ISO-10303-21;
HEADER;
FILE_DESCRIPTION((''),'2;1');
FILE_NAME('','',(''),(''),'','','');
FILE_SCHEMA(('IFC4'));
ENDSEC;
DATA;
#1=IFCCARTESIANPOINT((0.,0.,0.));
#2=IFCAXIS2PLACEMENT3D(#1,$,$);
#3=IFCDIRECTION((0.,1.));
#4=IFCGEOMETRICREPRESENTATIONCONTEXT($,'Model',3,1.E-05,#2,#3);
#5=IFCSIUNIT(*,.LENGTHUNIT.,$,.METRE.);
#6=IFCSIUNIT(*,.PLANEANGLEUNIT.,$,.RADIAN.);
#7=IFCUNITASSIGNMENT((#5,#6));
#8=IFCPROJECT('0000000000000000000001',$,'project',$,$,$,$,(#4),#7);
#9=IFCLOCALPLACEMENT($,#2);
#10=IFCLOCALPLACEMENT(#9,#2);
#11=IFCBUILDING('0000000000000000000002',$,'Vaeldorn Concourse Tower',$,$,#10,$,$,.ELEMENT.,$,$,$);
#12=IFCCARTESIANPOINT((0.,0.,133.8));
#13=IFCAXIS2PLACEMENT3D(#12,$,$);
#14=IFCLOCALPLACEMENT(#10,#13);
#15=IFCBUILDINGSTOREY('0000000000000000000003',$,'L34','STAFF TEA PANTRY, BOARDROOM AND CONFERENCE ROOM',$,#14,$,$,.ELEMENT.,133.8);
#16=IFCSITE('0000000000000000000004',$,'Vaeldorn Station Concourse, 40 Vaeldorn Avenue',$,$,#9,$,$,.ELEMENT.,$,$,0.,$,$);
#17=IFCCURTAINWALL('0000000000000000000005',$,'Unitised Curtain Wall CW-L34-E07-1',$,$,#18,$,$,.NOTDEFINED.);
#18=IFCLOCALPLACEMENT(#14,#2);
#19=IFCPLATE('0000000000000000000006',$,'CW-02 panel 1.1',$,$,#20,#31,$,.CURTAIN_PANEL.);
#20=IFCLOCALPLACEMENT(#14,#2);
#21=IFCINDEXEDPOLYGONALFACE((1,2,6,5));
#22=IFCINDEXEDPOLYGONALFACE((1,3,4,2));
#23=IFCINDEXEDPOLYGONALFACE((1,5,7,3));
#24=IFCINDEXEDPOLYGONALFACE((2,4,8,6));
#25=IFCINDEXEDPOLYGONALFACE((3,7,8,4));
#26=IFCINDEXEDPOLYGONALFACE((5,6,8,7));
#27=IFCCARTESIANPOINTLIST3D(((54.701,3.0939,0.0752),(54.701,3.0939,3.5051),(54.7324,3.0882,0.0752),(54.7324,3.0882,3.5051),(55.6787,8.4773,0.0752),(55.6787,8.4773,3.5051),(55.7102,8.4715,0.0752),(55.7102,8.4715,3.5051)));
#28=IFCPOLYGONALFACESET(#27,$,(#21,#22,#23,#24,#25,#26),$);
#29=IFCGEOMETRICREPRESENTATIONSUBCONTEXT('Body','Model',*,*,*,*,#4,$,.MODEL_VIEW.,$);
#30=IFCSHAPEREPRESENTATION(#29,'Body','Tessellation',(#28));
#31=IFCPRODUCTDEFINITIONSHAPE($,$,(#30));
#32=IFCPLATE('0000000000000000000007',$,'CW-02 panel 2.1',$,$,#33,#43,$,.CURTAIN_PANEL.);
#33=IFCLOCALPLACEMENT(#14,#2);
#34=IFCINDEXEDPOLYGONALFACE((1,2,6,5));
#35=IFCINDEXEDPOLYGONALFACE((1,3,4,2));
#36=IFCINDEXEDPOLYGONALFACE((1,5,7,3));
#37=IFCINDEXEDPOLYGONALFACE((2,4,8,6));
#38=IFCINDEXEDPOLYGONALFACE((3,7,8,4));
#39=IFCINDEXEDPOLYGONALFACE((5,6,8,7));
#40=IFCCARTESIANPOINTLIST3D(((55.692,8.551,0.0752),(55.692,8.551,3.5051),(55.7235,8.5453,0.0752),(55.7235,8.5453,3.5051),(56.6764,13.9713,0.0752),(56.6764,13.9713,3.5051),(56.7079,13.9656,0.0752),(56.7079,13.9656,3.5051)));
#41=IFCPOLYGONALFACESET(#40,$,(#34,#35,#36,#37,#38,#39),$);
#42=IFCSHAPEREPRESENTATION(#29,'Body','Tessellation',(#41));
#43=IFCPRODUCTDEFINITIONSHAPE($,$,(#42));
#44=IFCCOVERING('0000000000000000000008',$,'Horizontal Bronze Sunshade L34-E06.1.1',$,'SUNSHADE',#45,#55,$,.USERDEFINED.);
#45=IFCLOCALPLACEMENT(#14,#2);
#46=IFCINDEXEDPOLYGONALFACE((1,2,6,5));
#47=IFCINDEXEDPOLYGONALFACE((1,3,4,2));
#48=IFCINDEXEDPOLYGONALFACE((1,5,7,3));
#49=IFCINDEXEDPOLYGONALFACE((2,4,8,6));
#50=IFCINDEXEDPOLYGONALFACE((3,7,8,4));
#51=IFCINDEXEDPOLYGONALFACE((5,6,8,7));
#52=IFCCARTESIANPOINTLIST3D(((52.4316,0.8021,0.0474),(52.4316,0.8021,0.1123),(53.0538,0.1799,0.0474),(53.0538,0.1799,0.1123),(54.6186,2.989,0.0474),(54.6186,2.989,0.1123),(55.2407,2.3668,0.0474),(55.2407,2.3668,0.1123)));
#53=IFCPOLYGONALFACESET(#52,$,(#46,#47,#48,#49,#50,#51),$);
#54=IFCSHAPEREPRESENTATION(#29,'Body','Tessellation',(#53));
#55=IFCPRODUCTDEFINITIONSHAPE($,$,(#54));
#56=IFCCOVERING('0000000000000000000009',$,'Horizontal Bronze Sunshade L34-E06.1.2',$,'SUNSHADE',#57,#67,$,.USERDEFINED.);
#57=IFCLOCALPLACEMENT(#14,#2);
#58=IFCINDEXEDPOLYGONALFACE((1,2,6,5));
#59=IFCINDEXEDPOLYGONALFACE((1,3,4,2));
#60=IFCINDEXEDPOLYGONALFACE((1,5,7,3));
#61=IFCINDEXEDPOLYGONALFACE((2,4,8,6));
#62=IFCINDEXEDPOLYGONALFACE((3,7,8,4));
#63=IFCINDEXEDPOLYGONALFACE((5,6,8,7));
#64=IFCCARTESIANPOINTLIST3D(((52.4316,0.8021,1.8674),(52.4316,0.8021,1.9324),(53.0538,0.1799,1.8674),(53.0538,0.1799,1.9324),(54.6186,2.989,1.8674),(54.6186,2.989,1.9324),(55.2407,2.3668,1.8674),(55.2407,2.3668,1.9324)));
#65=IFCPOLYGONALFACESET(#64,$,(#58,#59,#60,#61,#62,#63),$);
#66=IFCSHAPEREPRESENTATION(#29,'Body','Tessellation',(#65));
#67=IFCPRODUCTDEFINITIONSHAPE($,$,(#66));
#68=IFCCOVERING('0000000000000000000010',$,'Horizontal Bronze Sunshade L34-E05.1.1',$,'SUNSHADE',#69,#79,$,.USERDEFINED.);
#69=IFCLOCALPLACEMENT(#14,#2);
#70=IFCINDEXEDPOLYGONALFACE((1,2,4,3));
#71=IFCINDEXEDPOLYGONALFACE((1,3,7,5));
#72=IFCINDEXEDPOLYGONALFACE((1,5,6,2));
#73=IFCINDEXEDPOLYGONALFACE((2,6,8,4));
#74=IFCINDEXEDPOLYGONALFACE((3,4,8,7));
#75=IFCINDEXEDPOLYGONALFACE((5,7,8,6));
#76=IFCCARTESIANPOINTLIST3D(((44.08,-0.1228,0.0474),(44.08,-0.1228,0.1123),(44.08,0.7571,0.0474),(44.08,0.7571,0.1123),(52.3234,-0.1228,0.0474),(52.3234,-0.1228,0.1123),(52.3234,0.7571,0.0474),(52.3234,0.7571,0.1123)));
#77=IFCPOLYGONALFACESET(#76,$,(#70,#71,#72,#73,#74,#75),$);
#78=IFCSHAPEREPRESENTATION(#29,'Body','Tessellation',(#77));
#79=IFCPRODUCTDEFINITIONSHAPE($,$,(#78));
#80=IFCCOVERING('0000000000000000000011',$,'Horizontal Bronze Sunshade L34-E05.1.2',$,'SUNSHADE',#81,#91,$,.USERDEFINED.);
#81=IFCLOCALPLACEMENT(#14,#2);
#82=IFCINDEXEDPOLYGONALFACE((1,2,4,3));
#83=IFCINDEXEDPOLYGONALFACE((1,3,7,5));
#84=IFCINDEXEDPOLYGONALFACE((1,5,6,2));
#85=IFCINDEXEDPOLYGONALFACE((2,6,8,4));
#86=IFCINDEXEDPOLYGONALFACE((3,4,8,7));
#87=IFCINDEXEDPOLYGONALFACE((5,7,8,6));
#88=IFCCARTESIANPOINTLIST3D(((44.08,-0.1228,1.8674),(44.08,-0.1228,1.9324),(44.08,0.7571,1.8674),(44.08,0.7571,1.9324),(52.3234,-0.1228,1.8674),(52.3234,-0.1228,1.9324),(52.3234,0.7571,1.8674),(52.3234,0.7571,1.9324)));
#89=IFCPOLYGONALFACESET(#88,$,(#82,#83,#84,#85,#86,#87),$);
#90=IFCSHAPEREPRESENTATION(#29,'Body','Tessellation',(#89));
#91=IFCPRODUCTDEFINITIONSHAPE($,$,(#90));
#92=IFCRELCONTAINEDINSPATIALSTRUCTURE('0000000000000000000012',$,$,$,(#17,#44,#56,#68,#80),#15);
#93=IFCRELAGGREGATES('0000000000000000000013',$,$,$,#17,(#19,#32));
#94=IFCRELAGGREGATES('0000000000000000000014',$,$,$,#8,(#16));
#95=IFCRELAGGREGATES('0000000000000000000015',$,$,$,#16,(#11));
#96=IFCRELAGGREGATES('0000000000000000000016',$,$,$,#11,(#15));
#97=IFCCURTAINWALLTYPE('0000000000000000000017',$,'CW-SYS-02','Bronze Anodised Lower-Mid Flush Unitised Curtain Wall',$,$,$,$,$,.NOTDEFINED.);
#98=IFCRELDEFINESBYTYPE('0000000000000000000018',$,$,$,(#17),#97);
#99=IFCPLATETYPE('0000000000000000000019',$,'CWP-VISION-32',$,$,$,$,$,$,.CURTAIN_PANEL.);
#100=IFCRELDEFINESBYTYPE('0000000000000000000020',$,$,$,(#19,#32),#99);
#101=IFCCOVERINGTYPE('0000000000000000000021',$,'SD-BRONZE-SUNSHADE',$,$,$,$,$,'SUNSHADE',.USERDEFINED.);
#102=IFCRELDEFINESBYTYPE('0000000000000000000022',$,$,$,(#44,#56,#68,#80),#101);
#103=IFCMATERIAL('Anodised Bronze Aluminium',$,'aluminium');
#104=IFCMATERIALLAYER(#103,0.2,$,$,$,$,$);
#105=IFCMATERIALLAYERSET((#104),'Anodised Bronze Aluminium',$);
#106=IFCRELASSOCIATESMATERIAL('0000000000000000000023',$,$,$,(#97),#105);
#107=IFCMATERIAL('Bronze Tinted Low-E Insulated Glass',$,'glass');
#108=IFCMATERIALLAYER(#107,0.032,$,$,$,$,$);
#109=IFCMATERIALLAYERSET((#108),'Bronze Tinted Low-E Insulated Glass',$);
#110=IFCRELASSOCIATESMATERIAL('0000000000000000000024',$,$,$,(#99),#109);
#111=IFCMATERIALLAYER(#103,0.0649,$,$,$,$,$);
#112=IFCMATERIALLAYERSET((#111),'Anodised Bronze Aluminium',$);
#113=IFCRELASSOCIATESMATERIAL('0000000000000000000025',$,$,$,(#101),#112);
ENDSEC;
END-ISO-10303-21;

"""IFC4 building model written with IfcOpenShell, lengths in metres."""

from ifc_helpers import new_model, si_unit, direction, frame, origin, origin_2d, place, context, subcontext, project, spatial, rectangle, extrude, source, transform, mapped, material, layer, layer_set, type_object, element, aggregate, save


model = new_model("IFC4")

# Units and contexts
model_context = context("Model", 3, precision=1e-05, world=origin(), true_north=direction((0.0, 1.0)))
body_context = subcontext(model_context, "Body", "Model", "MODEL_VIEW")
ifc_project = project(units=[si_unit("LENGTHUNIT", "METRE"), si_unit("PLANEANGLEUNIT", "RADIAN")], contexts=[model_context])

# Site, building, storey
site_placement = place(None, origin())
site = spatial("IfcSite", under=ifc_project, at=site_placement, Name="Vaeldorn Station Concourse, 40 Vaeldorn Avenue", CompositionType="ELEMENT", RefElevation=0.0)
building_placement = place(site_placement, origin())
building = spatial("IfcBuilding", under=site, at=building_placement, Name="Vaeldorn Concourse Tower", CompositionType="ELEMENT")
storey_placement = place(building_placement, frame((0.0, 0.0, 133.8)))
storey = spatial("IfcBuildingStorey", under=building, at=storey_placement, Name="L34", Description="STAFF TEA PANTRY, BOARDROOM AND CONFERENCE ROOM", CompositionType="ELEMENT", Elevation=133.8)

# Shared definitions
ifc_material_1 = material(Name="Anodised Bronze Aluminium", Category="aluminium")
ifc_layer_1 = layer(ifc_material_1, 0.2)
ifc_layer_set_1 = layer_set([ifc_layer_1], Name="Anodised Bronze Aluminium")
curtain_wall_type = type_object("IfcCurtainWallType", Name="CW-SYS-02", Description="Bronze Anodised Lower-Mid Flush Unitised Curtain Wall", PredefinedType="NOTDEFINED", material=ifc_layer_set_1)

# Curtain wall
curtain_wall_1_placement = place(storey_placement, origin())
curtain_wall_1 = element("IfcCurtainWall", 1, at=curtain_wall_1_placement, inside=storey, type_object=curtain_wall_type, Name="Unitised Curtain Wall CW-L34-E07-1", PredefinedType="NOTDEFINED")

# Plates
ifc_material_2 = material(Name="Bronze Tinted Low-E Insulated Glass", Category="glass")
ifc_layer_2 = layer(ifc_material_2, 0.032)
ifc_layer_set_2 = layer_set([ifc_layer_2], Name="Bronze Tinted Low-E Insulated Glass")
plate_type = type_object("IfcPlateType", Name="CWP-VISION-32", PredefinedType="CURTAIN_PANEL", material=ifc_layer_set_2)
shared_shape_1 = source(origin(), body_context, "Body", "SweptSolid", [
    extrude(rectangle(XDim=5.4714, YDim=0.032, at=origin_2d()), origin(), (0.0, 0.0, 1.0), 3.4299),
])
plate_1_placement = place(storey_placement, frame((55.2056, 5.7827, 0.0752), z_axis=(0.0, 0.0, 1.0), x_axis=(0.178692, 0.983905, 0.0)))
plate_1 = element("IfcPlate", 2, at=plate_1_placement, type_object=plate_type, Name="CW-02 panel 1.1", PredefinedType="CURTAIN_PANEL", context=body_context, shape_type="MappedRepresentation", body=[
    mapped(shared_shape_1, transform((0.0, 0.0, 0.0), scale=1.0)),
])
shared_shape_2 = source(origin(), body_context, "Body", "SweptSolid", [
    extrude(rectangle(XDim=5.509, YDim=0.032, at=origin_2d()), origin(), (0.0, 0.0, 1.0), 3.4299),
])
plate_2_placement = place(storey_placement, frame((56.2, 11.2583, 0.0752), z_axis=(0.0, 0.0, 1.0), x_axis=(0.178692, 0.983905, 0.0)))
plate_2 = element("IfcPlate", 3, at=plate_2_placement, type_object=plate_type, Name="CW-02 panel 2.1", PredefinedType="CURTAIN_PANEL", context=body_context, shape_type="MappedRepresentation", body=[
    mapped(shared_shape_2, transform((0.0, 0.0, 0.0), scale=1.0)),
])
aggregate(curtain_wall_1, [plate_1, plate_2])

# Coverings
ifc_layer_3 = layer(ifc_material_1, 0.0649)
ifc_layer_set_3 = layer_set([ifc_layer_3], Name="Anodised Bronze Aluminium")
covering_type = type_object("IfcCoveringType", Name="SD-BRONZE-SUNSHADE", ElementType="SUNSHADE", PredefinedType="USERDEFINED", material=ifc_layer_set_3)
shared_shape_3 = source(origin(), body_context, "Body", "SweptSolid", [
    extrude(rectangle(XDim=3.0928, YDim=0.8799, at=origin_2d()), origin(), (0.0, 0.0, 1.0), 0.0649),
])
for number, where, z_axis, x_axis, name in (
    (4, (53.8362, 1.5845, 0.0474), (0.0, 0.0, 1.0), (0.707107, 0.707107, 0.0), "Horizontal Bronze Sunshade L34-E06.1.1"),
    (5, (53.8362, 1.5845, 1.8674), (0.0, 0.0, 1.0), (0.707107, 0.707107, 0.0), "Horizontal Bronze Sunshade L34-E06.1.2"),
):
    element("IfcCovering", number, at=place(storey_placement, frame(where, z_axis=z_axis, x_axis=x_axis)), inside=storey, type_object=covering_type, Name=name, ObjectType="SUNSHADE", PredefinedType="USERDEFINED", context=body_context, shape_type="MappedRepresentation", body=[
        mapped(shared_shape_3, transform((0.0, 0.0, 0.0), scale=1.0)),
    ])
shared_shape_4 = source(origin(), body_context, "Body", "SweptSolid", [
    extrude(rectangle(XDim=8.2434, YDim=0.8799, at=origin_2d()), origin(), (0.0, 0.0, 1.0), 0.0649),
])
for number, where, z_axis, x_axis, name in (
    (6, (48.2017, 0.3171, 0.0474), (0.0, 0.0, 1.0), (1.0, 0.0, 0.0), "Horizontal Bronze Sunshade L34-E05.1.1"),
    (7, (48.2017, 0.3171, 1.8674), (0.0, 0.0, 1.0), (1.0, 0.0, 0.0), "Horizontal Bronze Sunshade L34-E05.1.2"),
):
    element("IfcCovering", number, at=place(storey_placement, frame(where, z_axis=z_axis, x_axis=x_axis)), inside=storey, type_object=covering_type, Name=name, ObjectType="SUNSHADE", PredefinedType="USERDEFINED", context=body_context, shape_type="MappedRepresentation", body=[
        mapped(shared_shape_4, transform((0.0, 0.0, 0.0), scale=1.0)),
    ])

save(model, "model.ifc")
